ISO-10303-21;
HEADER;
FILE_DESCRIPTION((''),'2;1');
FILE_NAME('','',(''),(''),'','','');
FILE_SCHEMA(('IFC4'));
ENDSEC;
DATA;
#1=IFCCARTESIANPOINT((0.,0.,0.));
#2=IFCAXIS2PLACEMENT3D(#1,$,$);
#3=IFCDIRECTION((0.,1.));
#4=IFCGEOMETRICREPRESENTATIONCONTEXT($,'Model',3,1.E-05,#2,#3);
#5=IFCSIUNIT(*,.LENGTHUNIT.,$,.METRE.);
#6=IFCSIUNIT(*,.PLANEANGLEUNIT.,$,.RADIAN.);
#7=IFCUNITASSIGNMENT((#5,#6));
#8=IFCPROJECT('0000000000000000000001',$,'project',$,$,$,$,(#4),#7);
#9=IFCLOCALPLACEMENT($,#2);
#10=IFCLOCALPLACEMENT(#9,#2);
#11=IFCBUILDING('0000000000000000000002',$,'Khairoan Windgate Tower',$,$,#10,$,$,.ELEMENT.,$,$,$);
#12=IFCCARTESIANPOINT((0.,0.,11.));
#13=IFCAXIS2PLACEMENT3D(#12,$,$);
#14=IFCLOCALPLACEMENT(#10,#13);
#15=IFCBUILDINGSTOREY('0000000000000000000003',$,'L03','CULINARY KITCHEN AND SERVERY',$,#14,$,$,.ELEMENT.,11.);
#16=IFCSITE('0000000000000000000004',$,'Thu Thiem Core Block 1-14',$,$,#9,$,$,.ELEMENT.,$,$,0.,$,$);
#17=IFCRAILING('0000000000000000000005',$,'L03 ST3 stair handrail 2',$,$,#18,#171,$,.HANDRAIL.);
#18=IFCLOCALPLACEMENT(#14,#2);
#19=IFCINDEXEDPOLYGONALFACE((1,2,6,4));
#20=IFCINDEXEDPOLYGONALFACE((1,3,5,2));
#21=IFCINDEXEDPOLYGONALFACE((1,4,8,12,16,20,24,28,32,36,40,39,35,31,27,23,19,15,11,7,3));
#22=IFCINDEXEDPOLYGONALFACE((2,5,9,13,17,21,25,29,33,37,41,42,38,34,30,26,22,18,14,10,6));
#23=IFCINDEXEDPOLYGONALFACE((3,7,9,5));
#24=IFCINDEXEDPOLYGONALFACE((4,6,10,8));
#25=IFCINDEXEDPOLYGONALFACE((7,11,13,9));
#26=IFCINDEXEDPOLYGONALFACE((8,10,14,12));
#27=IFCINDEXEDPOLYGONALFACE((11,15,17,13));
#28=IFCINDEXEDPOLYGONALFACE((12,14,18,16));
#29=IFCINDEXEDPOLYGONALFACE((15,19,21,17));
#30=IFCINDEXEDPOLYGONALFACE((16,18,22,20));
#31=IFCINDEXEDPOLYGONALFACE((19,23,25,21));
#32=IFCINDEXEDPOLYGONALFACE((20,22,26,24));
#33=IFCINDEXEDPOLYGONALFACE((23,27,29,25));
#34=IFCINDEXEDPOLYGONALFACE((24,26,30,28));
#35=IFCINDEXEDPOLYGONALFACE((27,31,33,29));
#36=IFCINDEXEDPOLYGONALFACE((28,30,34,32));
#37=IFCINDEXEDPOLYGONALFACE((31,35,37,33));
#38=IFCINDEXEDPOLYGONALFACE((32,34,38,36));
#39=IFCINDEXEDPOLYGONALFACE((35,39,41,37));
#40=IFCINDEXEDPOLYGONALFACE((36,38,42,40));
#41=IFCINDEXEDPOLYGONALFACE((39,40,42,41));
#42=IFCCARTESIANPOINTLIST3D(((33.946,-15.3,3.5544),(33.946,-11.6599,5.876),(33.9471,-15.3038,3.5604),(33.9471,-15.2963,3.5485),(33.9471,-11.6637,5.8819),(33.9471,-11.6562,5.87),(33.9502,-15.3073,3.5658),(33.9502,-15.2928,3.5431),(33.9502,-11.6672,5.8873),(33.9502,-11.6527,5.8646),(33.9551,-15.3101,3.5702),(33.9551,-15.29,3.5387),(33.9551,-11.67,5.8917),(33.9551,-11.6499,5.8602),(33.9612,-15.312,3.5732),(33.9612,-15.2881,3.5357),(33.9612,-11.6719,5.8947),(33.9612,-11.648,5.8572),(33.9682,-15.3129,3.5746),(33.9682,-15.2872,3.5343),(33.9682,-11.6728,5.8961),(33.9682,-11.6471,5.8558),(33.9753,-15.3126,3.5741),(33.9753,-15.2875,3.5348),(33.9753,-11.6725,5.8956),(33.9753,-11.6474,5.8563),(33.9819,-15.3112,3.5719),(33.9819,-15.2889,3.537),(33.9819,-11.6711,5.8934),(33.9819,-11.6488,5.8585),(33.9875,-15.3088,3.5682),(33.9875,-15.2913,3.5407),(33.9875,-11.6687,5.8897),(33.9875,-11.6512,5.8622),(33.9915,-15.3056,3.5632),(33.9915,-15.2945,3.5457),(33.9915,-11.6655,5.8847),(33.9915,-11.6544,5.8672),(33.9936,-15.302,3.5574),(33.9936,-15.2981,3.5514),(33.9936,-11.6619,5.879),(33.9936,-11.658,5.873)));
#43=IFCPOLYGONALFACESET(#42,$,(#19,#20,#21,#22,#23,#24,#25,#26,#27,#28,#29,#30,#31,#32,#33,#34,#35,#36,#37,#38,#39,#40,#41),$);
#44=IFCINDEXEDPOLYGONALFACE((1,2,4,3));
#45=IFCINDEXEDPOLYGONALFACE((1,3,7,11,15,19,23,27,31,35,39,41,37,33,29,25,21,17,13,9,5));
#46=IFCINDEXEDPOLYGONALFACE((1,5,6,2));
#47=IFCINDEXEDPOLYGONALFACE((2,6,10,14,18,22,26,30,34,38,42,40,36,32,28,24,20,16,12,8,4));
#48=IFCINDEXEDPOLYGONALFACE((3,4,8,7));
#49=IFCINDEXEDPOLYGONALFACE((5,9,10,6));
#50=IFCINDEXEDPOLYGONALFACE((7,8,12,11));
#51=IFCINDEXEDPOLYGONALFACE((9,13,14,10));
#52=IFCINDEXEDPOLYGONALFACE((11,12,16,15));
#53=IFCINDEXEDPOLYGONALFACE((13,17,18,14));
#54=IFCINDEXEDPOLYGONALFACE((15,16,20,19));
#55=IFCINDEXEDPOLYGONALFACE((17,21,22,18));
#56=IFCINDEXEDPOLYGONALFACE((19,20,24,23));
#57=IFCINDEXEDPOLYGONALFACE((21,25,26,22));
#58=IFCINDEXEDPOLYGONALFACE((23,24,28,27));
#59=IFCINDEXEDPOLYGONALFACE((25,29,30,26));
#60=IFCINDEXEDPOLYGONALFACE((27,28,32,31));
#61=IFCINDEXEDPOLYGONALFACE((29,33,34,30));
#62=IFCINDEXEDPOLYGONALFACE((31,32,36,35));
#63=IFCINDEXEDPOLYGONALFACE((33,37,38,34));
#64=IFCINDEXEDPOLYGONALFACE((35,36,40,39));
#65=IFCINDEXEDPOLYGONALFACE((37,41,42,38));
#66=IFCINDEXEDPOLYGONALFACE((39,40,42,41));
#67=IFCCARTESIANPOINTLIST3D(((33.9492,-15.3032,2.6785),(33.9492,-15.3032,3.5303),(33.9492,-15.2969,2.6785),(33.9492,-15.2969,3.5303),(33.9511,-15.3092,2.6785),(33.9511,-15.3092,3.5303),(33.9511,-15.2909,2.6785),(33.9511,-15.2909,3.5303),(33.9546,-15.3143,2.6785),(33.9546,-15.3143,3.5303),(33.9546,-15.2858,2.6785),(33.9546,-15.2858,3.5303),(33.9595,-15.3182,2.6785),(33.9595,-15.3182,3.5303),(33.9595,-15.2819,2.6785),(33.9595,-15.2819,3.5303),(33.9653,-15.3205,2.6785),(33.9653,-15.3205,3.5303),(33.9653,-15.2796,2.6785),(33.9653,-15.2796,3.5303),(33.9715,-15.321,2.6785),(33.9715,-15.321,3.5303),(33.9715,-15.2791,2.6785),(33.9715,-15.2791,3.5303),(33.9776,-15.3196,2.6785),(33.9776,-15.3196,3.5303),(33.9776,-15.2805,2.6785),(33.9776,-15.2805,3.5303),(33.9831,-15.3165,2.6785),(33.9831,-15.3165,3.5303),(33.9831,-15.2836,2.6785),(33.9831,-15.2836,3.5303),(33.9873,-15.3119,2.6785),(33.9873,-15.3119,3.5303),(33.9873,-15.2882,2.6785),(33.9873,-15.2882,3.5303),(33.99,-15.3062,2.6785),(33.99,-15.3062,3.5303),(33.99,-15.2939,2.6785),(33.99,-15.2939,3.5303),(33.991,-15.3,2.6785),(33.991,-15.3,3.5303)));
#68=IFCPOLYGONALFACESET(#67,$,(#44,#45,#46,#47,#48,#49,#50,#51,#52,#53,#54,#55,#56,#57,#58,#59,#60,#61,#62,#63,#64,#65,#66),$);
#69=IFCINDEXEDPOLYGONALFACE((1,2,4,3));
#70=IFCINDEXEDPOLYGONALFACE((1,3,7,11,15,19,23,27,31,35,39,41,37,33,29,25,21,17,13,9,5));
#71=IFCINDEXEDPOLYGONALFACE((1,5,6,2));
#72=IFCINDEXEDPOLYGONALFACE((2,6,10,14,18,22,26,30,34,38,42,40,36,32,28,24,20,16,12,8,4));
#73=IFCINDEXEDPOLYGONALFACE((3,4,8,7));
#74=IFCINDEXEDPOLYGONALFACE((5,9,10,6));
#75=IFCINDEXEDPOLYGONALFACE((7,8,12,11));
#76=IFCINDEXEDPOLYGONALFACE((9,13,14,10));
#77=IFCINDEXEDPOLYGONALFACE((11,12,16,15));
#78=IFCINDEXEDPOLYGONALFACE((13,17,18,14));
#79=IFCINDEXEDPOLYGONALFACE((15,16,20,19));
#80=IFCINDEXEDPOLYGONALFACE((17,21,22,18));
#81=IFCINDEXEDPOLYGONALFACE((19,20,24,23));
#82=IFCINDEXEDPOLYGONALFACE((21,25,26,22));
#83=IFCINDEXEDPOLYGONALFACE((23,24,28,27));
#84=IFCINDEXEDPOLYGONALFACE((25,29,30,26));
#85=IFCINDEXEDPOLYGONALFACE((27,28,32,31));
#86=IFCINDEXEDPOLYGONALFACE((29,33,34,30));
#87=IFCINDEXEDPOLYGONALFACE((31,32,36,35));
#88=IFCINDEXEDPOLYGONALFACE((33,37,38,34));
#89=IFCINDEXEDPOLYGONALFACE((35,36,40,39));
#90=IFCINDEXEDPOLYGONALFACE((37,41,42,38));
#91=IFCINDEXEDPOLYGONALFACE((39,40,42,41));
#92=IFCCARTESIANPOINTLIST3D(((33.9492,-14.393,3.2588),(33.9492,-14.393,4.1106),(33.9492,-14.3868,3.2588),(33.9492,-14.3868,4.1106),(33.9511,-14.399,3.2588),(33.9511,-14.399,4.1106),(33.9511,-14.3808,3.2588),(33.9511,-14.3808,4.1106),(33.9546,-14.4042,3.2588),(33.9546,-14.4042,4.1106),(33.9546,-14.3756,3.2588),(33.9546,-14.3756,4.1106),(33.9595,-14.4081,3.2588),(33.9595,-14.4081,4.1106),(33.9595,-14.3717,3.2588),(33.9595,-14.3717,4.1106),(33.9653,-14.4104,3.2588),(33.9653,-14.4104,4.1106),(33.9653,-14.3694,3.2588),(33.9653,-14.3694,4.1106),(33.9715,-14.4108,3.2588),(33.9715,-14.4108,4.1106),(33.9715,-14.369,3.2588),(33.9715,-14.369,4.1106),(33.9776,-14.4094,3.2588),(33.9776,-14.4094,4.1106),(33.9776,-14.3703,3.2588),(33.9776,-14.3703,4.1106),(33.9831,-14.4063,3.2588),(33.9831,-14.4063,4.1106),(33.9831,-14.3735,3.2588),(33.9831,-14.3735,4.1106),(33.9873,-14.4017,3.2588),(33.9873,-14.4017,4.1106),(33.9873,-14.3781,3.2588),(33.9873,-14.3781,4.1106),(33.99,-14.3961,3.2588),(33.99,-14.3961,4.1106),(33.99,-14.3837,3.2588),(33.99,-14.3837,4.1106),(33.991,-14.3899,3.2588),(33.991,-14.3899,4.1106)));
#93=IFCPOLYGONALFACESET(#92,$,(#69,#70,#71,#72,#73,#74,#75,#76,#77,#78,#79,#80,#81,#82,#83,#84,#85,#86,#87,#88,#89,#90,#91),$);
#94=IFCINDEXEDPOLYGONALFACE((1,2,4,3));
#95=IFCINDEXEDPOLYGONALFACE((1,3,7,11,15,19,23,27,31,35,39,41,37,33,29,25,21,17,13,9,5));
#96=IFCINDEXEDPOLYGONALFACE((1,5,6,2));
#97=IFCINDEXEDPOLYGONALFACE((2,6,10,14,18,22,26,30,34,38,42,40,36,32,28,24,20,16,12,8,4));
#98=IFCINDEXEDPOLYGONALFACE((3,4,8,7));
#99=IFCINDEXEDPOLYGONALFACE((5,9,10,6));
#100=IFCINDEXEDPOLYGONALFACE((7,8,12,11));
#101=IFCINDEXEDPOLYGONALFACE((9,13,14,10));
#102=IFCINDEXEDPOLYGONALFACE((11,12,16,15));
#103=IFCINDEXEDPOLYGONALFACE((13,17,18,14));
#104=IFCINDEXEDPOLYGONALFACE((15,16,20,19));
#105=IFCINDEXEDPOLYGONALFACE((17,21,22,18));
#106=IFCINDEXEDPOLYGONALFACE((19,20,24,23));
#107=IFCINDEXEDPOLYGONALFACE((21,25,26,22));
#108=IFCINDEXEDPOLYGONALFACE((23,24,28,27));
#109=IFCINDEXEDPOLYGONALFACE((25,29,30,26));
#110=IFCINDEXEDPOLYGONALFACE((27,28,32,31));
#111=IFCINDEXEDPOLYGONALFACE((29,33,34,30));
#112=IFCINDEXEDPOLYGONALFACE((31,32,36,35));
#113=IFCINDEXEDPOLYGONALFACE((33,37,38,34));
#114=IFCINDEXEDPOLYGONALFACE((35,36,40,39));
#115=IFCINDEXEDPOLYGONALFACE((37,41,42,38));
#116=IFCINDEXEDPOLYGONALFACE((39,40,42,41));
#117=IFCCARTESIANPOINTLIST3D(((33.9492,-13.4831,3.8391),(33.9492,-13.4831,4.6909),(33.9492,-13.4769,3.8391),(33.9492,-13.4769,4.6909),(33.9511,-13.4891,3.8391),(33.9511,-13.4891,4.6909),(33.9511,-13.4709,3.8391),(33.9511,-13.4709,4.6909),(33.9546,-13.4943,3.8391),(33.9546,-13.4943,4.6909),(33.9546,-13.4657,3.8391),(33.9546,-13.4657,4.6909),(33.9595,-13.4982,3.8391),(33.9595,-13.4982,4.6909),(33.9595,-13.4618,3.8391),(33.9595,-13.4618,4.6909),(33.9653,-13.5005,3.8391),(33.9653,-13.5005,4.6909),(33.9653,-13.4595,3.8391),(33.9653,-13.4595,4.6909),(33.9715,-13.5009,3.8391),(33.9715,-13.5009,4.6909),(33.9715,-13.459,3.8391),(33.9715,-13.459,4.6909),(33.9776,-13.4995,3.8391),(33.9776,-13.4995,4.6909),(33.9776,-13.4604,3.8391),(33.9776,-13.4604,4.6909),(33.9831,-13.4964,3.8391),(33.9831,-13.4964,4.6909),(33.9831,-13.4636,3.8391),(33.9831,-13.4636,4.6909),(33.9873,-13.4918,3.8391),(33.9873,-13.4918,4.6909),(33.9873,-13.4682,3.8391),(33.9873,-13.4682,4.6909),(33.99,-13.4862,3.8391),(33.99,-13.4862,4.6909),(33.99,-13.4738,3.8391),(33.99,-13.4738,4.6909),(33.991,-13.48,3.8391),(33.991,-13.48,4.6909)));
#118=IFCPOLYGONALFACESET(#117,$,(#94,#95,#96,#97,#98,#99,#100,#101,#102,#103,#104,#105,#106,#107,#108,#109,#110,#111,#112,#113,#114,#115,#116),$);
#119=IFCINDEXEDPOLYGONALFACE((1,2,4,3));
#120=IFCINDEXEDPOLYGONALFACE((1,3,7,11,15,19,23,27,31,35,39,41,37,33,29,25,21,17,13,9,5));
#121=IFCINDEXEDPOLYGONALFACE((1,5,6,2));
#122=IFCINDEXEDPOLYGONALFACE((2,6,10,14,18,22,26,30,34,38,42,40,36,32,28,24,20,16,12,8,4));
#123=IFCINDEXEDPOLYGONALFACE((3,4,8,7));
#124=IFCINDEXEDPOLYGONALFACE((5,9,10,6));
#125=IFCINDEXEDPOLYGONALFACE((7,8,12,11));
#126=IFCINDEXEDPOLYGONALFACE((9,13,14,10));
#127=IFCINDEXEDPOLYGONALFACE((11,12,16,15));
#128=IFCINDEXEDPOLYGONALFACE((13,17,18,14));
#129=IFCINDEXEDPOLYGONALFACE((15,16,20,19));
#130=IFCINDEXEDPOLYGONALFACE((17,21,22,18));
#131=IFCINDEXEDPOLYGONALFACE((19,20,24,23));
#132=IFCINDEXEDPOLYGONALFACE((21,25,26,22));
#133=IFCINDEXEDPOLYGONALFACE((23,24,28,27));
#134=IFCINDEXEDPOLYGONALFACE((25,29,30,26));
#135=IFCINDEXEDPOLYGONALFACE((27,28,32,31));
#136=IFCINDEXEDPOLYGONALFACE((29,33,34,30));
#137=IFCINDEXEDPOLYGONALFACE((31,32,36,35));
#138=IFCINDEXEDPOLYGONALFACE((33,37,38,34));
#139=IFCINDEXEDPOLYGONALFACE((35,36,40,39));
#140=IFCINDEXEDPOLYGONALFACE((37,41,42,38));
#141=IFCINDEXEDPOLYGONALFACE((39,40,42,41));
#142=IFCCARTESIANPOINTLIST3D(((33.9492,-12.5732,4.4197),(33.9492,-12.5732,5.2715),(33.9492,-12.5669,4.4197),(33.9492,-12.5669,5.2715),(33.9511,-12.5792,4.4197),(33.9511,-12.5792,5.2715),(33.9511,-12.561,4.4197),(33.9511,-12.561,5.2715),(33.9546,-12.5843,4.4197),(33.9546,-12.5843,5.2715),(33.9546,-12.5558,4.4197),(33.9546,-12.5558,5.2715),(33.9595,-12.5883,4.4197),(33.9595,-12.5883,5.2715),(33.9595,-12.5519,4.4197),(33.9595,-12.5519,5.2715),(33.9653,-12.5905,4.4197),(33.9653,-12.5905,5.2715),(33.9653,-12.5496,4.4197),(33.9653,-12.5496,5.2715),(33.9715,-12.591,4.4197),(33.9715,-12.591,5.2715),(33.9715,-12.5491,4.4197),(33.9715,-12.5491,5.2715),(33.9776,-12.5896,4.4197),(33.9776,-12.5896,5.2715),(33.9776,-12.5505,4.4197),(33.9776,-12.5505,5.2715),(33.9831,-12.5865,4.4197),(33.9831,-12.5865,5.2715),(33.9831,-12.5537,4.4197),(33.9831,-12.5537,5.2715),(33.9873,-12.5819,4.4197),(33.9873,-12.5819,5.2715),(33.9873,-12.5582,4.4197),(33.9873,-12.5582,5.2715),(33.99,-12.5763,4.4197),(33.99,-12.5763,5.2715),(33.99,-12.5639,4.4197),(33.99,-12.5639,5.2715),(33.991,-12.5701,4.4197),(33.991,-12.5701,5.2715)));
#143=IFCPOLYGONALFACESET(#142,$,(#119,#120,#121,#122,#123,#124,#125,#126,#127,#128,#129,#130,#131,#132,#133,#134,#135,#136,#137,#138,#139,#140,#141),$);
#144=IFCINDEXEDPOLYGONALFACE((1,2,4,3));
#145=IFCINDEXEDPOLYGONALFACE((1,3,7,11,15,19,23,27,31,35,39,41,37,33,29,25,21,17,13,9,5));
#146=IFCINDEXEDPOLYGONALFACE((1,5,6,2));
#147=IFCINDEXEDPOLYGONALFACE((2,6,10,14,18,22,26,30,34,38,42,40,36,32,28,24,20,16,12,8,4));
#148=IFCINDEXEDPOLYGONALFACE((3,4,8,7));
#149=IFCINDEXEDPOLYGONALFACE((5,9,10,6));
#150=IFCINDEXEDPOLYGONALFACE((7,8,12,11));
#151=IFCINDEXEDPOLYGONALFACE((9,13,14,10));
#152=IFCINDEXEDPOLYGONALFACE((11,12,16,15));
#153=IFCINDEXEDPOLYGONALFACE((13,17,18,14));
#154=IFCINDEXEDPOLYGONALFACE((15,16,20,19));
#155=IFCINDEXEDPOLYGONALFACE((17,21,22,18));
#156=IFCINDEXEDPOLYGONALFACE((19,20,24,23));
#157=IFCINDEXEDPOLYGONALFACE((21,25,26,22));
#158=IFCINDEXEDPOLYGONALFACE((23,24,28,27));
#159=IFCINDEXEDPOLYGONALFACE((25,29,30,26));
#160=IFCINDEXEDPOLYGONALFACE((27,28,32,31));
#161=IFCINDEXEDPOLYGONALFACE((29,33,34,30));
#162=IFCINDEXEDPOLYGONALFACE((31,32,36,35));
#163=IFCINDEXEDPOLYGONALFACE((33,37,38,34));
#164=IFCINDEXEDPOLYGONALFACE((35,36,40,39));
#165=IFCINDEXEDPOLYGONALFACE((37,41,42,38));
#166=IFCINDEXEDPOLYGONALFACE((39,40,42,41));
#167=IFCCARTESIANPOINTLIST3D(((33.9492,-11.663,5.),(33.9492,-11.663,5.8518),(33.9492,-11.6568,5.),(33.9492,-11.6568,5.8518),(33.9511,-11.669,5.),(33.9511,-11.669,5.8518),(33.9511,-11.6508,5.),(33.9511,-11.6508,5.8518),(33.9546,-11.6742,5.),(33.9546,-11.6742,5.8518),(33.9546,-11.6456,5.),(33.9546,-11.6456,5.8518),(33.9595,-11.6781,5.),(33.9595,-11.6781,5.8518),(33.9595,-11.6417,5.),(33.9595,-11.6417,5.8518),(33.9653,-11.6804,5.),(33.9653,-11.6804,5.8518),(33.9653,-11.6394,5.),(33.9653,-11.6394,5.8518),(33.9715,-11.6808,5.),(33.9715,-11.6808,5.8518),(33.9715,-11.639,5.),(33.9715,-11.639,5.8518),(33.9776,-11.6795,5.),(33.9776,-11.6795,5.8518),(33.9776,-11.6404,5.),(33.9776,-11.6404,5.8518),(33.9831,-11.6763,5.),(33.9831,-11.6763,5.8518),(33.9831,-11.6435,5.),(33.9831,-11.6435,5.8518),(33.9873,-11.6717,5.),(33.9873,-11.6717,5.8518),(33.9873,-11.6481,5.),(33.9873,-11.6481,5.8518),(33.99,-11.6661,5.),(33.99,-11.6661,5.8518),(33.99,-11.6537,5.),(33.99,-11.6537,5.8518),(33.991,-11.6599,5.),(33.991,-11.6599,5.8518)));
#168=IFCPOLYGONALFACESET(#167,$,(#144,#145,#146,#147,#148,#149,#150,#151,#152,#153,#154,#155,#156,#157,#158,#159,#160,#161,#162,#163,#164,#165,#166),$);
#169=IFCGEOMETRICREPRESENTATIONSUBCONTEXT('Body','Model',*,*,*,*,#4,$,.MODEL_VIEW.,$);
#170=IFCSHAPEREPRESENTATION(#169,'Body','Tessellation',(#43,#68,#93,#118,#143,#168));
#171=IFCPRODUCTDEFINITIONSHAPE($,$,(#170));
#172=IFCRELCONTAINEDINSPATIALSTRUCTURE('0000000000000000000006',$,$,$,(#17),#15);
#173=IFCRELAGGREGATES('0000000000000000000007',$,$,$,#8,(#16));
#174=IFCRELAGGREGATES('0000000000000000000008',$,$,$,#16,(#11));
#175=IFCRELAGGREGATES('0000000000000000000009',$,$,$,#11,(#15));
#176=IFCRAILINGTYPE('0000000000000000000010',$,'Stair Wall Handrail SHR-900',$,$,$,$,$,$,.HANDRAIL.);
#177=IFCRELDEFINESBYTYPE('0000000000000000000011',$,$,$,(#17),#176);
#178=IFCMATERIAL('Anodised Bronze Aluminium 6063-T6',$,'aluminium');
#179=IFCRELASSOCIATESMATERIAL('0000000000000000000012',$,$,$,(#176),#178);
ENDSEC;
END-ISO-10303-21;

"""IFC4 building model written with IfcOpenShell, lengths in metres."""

from ifc_helpers import new_model, si_unit, direction, frame, origin, origin_2d, place, context, subcontext, project, spatial, circle, extrude, material, type_object, element, save


model = new_model("IFC4")

# Units and contexts
model_context = context("Model", 3, precision=1e-05, world=origin(), true_north=direction((0.0, 1.0)))
body_context = subcontext(model_context, "Body", "Model", "MODEL_VIEW")
ifc_project = project(units=[si_unit("LENGTHUNIT", "METRE"), si_unit("PLANEANGLEUNIT", "RADIAN")], contexts=[model_context])

# Site, building, storey
site_placement = place(None, origin())
site = spatial("IfcSite", under=ifc_project, at=site_placement, Name="Thu Thiem Core Block 1-14", CompositionType="ELEMENT", RefElevation=0.0)
building_placement = place(site_placement, origin())
building = spatial("IfcBuilding", under=site, at=building_placement, Name="Khairoan Windgate Tower", CompositionType="ELEMENT")
storey_placement = place(building_placement, frame((0.0, 0.0, 11.0)))
storey = spatial("IfcBuildingStorey", under=building, at=storey_placement, Name="L03", Description="CULINARY KITCHEN AND SERVERY", CompositionType="ELEMENT", Elevation=11.0)

# Railing
ifc_material_1 = material(Name="Anodised Bronze Aluminium 6063-T6", Category="aluminium")
railing_type_1 = type_object("IfcRailingType", Name="Stair Wall Handrail SHR-900", PredefinedType="HANDRAIL", material=ifc_material_1)
railing_1_placement = place(storey_placement, frame((33.97, -15.3, 2.6785)))
element("IfcRailing", 1, at=railing_1_placement, inside=storey, type_object=railing_type_1, Name="L03 ST3 stair handrail 2", PredefinedType="HANDRAIL", context=body_context, shape_type="SweptSolid", body=[
    extrude(circle(Radius=0.0239, at=origin_2d()), frame((0.0, 0.0, 0.876), z_axis=(0.0, 0.843128, 0.537713), x_axis=(-1.0, 0.0, 0.0)), (0.0, 0.0, 1.0), 4.3174),
    extrude(circle(Radius=0.021, at=origin_2d()), origin(), (0.0, 0.0, 1.0), 0.8518),
    extrude(circle(Radius=0.021, at=origin_2d()), frame((0.0, 0.9102, 0.5803)), (0.0, 0.0, 1.0), 0.8518),
    extrude(circle(Radius=0.021, at=origin_2d()), frame((0.0, 1.8201, 1.1606)), (0.0, 0.0, 1.0), 0.8518),
    extrude(circle(Radius=0.021, at=origin_2d()), frame((0.0, 2.73, 1.7412)), (0.0, 0.0, 1.0), 0.8518),
    extrude(circle(Radius=0.021, at=origin_2d()), frame((0.0, 3.6401, 2.3215)), (0.0, 0.0, 1.0), 0.8518),
])

save(model, "model.ifc")
